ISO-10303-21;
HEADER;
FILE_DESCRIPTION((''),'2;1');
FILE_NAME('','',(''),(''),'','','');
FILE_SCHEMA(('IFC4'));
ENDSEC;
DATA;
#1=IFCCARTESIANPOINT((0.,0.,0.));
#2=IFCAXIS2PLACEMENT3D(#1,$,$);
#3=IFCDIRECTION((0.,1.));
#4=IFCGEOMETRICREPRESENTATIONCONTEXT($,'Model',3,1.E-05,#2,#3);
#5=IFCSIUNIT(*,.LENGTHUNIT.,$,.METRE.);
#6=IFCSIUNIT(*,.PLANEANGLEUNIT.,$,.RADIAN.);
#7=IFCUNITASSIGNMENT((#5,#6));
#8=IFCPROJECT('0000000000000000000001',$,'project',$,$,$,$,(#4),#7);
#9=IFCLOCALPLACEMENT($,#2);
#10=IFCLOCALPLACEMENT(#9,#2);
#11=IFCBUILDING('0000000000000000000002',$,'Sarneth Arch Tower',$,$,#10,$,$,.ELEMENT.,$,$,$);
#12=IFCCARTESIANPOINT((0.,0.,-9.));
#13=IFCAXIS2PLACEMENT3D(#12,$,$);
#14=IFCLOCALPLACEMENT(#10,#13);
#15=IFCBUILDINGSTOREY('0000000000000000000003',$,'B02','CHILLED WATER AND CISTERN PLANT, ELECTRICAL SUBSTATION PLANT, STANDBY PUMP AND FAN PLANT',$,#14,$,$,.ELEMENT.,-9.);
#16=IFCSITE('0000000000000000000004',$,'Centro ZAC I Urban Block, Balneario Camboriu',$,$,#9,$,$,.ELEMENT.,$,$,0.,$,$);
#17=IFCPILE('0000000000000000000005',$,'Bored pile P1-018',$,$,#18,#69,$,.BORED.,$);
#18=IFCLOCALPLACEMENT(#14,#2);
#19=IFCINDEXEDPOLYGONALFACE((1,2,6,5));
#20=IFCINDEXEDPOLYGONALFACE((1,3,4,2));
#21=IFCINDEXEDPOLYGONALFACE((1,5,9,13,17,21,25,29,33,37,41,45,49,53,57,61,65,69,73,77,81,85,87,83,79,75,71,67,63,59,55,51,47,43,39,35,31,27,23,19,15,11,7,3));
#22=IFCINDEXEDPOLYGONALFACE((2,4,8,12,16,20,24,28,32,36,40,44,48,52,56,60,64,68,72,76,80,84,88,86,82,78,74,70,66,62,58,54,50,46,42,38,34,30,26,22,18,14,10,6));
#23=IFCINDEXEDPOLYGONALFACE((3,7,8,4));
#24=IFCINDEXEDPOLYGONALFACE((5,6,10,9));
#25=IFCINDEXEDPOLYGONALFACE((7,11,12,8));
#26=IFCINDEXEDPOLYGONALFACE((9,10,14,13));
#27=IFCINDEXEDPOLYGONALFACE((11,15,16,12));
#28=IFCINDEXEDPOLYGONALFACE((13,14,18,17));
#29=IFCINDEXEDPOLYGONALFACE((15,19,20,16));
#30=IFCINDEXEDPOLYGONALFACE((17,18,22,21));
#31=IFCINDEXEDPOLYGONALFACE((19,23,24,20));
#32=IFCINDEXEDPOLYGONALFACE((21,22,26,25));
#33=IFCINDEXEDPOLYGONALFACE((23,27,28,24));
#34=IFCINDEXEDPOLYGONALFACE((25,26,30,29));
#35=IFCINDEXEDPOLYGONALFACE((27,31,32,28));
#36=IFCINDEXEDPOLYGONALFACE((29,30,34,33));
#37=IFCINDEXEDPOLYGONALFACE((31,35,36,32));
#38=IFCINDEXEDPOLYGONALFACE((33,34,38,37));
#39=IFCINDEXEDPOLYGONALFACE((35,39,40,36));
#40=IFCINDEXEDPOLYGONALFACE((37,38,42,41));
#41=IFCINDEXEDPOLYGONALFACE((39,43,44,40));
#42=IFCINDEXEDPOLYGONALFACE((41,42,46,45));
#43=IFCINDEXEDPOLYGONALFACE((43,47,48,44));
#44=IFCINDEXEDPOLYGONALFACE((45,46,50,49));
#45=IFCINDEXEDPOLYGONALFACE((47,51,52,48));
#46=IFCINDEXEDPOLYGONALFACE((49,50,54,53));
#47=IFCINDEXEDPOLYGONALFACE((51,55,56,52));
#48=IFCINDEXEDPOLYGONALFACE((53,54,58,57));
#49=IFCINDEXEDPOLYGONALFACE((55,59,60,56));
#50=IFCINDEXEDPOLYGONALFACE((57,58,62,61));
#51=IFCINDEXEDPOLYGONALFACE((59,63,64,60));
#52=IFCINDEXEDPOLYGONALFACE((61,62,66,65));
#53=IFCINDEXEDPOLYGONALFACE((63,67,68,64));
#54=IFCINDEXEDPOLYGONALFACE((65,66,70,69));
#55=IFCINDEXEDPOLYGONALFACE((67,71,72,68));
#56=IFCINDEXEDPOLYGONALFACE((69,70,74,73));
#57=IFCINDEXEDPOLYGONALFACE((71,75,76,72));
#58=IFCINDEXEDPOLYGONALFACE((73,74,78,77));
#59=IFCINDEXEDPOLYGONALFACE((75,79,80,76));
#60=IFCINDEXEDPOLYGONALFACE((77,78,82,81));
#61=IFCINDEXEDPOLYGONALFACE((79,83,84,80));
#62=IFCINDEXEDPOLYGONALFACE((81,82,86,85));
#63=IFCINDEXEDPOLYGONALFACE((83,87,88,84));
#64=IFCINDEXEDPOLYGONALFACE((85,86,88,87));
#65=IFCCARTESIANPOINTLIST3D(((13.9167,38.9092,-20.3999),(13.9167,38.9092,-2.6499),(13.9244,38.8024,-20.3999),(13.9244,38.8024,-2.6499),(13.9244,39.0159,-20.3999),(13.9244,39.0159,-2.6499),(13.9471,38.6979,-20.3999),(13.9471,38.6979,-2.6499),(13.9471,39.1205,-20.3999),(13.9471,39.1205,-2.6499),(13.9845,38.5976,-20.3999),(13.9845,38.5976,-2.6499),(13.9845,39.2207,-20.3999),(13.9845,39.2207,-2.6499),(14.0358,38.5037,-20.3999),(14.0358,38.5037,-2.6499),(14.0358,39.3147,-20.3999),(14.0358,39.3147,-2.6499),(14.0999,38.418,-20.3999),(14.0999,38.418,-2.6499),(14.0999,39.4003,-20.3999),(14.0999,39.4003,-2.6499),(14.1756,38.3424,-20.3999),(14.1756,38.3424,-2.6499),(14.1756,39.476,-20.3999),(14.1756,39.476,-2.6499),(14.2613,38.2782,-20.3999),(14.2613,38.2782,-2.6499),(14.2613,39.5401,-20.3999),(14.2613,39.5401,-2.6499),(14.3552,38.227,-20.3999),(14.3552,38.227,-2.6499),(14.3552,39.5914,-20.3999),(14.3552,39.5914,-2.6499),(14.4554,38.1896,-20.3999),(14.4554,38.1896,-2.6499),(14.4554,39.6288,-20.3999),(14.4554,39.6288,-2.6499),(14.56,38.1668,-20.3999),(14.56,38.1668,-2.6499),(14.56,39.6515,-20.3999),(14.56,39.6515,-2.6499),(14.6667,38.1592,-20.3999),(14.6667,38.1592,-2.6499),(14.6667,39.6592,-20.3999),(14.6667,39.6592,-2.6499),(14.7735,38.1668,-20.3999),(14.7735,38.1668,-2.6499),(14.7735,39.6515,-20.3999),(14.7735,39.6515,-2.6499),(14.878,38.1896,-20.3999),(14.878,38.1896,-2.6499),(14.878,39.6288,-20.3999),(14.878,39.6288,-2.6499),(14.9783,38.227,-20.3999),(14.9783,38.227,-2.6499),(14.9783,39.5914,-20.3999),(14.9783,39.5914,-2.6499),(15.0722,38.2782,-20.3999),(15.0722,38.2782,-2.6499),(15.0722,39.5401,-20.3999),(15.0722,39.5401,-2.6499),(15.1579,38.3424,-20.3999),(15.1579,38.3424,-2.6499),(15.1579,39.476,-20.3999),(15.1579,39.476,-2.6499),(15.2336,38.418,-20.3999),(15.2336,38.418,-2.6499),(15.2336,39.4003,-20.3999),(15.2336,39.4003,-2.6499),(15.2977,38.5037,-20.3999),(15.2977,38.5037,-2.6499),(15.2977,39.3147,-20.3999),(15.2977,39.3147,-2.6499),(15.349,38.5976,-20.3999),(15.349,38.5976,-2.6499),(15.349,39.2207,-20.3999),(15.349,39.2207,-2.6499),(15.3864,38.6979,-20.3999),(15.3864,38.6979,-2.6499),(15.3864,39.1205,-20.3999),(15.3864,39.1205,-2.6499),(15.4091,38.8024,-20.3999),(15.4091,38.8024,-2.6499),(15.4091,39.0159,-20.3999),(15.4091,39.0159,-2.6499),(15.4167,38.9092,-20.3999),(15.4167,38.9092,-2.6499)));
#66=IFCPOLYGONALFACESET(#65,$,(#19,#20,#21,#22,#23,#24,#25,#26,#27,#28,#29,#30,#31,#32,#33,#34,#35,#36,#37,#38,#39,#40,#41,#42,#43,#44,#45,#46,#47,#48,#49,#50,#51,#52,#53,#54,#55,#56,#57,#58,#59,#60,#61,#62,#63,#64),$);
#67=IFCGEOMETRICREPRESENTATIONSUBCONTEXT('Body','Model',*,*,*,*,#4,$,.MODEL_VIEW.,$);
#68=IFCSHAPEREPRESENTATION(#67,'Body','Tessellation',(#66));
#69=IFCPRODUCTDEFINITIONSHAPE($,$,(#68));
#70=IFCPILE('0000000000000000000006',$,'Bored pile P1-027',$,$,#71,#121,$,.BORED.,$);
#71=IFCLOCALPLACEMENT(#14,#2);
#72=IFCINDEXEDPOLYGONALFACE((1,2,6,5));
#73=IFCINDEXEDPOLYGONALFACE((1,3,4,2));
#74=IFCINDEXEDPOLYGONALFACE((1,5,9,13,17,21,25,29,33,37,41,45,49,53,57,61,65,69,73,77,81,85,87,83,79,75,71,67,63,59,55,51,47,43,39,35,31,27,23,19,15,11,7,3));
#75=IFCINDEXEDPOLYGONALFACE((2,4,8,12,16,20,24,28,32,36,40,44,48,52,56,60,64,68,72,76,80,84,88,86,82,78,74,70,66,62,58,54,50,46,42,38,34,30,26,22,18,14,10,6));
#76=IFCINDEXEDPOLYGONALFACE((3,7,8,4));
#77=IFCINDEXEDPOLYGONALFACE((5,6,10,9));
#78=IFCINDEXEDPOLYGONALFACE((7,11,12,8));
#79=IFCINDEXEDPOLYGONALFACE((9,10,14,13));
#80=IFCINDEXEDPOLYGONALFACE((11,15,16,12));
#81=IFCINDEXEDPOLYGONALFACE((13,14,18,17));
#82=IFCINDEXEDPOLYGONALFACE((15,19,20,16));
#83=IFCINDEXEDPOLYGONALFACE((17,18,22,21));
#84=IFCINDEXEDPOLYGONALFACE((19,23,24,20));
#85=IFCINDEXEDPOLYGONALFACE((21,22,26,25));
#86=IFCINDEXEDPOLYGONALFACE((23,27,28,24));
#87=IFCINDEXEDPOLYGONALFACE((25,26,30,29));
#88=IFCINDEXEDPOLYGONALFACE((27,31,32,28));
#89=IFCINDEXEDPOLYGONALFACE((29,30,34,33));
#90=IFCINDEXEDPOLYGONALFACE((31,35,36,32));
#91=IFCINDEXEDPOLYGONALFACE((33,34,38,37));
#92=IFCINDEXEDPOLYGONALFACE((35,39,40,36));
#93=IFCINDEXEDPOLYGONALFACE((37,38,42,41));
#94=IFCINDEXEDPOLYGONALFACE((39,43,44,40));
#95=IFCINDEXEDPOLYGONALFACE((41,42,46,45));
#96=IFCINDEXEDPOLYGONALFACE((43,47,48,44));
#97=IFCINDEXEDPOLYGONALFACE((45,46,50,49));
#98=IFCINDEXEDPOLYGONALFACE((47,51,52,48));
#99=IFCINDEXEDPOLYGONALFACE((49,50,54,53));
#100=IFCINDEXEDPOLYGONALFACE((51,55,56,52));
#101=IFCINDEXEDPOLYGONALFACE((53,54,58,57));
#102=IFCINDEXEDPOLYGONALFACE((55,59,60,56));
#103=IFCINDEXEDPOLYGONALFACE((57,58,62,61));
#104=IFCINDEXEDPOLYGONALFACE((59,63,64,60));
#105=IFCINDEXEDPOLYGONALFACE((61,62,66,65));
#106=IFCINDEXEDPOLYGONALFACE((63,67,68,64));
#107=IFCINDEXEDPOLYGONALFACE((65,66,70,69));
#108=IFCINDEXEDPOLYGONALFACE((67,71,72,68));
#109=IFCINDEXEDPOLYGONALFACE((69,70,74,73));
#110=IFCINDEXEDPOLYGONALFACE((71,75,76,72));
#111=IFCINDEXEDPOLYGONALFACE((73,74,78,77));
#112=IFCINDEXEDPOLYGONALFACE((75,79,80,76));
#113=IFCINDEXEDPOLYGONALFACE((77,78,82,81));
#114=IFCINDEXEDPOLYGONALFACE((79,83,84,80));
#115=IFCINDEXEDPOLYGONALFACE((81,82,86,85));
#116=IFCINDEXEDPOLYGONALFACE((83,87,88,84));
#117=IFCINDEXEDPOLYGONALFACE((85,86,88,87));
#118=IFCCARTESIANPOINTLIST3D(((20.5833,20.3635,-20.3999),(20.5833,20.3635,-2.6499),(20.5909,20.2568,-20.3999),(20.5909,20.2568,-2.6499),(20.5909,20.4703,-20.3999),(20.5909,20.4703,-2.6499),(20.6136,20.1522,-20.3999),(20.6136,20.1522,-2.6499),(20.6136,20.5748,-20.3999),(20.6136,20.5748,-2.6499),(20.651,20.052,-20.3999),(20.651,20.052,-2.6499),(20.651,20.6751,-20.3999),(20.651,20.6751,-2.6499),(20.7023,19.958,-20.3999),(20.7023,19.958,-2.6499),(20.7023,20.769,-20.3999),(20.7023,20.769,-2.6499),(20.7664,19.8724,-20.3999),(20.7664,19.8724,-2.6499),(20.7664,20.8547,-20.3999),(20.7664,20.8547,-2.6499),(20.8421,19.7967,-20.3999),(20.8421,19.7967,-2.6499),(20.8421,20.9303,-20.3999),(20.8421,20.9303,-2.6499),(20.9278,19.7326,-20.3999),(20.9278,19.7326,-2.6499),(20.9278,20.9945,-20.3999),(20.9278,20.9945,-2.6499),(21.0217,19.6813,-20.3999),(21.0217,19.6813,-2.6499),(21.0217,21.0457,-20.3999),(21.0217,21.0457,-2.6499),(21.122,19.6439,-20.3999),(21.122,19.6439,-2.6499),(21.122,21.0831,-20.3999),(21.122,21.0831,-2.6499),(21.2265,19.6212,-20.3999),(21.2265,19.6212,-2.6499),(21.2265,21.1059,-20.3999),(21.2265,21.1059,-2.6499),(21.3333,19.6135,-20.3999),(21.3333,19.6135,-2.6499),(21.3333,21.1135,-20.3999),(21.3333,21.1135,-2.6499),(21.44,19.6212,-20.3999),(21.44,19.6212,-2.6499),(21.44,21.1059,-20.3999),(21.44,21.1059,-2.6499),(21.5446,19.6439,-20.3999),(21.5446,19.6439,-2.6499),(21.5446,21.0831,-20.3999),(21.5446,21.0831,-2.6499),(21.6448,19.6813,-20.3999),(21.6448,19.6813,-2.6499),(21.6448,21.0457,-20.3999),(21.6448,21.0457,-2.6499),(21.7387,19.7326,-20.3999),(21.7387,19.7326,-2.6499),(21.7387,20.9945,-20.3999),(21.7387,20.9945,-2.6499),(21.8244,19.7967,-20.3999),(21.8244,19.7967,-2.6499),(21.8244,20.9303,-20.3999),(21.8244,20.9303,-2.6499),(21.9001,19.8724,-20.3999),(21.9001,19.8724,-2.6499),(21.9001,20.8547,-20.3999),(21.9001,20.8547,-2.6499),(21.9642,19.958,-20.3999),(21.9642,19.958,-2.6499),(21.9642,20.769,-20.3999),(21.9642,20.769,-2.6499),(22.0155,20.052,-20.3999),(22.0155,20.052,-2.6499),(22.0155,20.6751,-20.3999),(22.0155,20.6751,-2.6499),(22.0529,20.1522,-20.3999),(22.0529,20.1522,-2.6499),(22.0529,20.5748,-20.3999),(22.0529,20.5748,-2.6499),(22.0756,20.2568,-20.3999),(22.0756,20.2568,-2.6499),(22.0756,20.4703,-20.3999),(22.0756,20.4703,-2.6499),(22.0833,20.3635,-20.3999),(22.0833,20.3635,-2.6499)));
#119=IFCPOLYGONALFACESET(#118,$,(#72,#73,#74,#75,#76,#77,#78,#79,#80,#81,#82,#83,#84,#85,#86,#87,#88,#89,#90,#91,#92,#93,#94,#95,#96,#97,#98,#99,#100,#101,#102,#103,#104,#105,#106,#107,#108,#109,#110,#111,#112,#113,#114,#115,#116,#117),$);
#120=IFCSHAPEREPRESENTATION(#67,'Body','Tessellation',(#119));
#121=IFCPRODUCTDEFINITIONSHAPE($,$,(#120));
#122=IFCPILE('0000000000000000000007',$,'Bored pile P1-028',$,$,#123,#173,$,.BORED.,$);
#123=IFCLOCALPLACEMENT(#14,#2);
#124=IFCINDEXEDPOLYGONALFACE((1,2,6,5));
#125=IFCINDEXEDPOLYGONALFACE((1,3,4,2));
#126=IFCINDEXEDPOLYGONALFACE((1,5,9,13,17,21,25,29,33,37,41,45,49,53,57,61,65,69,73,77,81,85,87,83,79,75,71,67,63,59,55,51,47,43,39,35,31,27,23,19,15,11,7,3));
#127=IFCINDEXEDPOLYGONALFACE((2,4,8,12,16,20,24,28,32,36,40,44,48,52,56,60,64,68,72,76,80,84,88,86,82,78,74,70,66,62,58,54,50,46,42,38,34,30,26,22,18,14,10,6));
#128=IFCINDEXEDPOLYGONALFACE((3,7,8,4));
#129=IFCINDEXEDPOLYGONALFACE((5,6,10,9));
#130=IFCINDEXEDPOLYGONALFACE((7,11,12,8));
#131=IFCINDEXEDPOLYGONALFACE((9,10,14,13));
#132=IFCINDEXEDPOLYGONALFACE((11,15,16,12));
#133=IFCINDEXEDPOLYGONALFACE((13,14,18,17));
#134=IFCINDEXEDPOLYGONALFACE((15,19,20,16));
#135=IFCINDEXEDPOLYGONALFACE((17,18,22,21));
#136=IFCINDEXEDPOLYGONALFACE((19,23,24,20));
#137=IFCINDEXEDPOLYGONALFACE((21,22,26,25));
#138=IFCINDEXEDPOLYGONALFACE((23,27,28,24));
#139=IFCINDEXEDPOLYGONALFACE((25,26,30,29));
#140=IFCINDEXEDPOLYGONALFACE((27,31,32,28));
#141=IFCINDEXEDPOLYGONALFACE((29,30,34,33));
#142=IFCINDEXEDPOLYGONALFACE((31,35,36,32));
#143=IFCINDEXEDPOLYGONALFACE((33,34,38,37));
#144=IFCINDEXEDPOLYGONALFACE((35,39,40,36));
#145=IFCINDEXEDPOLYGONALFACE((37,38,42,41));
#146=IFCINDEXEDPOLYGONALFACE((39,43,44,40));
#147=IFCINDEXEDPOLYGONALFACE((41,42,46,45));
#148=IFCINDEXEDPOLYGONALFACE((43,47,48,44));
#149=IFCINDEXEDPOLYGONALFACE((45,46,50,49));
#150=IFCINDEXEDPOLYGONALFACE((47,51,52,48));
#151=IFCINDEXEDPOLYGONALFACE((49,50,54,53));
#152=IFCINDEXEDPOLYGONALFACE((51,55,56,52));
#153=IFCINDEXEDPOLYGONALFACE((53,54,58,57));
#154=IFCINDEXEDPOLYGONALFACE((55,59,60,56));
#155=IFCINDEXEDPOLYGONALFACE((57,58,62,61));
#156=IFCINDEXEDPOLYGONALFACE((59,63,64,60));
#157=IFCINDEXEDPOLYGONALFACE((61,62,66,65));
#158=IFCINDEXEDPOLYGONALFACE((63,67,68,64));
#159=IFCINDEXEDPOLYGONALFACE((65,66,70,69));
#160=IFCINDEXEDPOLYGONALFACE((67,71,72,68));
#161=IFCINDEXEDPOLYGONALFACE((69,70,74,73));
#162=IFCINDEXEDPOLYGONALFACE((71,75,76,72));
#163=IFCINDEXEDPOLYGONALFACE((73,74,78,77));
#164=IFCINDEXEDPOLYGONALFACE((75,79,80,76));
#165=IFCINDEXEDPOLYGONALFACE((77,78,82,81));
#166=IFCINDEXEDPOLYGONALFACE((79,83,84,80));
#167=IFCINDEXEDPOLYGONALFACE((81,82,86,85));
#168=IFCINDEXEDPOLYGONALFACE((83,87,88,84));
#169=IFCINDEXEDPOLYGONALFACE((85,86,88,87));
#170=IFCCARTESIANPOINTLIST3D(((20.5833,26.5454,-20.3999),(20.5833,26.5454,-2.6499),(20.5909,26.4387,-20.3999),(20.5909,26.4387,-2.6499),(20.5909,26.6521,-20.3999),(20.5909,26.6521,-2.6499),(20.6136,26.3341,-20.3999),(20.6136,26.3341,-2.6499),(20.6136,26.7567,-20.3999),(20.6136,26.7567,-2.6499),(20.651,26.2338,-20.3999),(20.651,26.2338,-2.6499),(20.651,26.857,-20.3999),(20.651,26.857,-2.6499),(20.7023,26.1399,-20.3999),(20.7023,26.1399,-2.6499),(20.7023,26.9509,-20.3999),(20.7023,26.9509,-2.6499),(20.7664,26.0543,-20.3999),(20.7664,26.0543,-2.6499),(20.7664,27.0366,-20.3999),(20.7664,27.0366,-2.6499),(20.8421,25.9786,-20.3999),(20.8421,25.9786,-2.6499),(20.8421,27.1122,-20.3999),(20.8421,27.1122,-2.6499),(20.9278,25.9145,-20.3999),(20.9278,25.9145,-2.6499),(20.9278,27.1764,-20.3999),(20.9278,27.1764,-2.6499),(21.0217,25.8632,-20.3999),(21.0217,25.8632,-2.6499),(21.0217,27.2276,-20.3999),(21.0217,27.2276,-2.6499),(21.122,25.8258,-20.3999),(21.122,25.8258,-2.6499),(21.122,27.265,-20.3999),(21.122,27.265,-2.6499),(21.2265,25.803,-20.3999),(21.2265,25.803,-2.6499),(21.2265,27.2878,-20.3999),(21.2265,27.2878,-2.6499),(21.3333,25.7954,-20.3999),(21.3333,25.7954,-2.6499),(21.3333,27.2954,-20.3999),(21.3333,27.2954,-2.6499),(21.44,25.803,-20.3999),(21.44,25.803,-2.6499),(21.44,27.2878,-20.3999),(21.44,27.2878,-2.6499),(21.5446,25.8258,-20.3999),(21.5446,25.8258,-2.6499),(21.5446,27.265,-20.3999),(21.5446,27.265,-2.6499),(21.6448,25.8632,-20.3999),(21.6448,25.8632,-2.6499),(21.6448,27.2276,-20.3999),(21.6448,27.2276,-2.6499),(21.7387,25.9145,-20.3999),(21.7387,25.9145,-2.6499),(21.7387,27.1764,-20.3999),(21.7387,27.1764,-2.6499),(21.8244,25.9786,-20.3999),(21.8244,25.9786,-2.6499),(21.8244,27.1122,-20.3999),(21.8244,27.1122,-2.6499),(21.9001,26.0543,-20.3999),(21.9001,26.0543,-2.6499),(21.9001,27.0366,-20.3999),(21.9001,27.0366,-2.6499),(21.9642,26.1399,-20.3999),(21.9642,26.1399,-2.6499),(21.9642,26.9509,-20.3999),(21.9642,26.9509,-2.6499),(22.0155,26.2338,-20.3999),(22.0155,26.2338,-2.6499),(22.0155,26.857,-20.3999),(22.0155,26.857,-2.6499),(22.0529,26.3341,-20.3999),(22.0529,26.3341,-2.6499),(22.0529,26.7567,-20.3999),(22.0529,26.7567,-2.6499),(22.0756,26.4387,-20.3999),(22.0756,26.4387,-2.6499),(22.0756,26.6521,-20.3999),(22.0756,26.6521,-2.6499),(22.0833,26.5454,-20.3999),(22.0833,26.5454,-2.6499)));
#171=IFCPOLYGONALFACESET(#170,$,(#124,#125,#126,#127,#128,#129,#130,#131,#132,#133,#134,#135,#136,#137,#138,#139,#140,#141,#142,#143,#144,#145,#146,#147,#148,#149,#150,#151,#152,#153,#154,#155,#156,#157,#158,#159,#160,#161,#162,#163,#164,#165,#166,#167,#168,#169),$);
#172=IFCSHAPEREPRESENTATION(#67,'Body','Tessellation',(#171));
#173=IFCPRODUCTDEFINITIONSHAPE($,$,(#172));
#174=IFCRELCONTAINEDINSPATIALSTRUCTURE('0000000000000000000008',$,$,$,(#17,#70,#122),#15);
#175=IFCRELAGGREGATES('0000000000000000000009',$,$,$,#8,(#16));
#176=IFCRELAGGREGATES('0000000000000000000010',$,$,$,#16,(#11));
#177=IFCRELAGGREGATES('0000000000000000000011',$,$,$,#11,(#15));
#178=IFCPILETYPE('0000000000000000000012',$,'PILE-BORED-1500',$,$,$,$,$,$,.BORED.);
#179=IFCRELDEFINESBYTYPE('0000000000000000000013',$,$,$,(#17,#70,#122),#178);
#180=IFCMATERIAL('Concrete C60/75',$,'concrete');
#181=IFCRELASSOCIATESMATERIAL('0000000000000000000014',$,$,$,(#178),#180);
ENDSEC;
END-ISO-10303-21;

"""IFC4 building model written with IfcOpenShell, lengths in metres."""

from ifc_helpers import new_model, si_unit, direction, frame, origin, origin_2d, place, context, subcontext, project, spatial, circle, extrude, material, material_profile, profile_set, type_object, element, save


model = new_model("IFC4")

# Units and contexts
model_context = context("Model", 3, precision=1e-05, world=origin(), true_north=direction((0.0, 1.0)))
body_context = subcontext(model_context, "Body", "Model", "MODEL_VIEW")
ifc_project = project(units=[si_unit("LENGTHUNIT", "METRE"), si_unit("PLANEANGLEUNIT", "RADIAN")], contexts=[model_context])

# Site, building, storey
site_placement = place(None, origin())
site = spatial("IfcSite", under=ifc_project, at=site_placement, Name="Centro ZAC I Urban Block, Balneario Camboriu", CompositionType="ELEMENT", RefElevation=0.0)
building_placement = place(site_placement, origin())
building = spatial("IfcBuilding", under=site, at=building_placement, Name="Sarneth Arch Tower", CompositionType="ELEMENT")
storey_placement = place(building_placement, frame((0.0, 0.0, -9.0)))
storey = spatial("IfcBuildingStorey", under=building, at=storey_placement, Name="B02", Description="CHILLED WATER AND CISTERN PLANT, ELECTRICAL SUBSTATION PLANT, STANDBY PUMP AND FAN PLANT", CompositionType="ELEMENT", Elevation=-9.0)

# Piles
ifc_material_1 = material(Name="Concrete C60/75", Category="concrete")
ifc_material_profile_1 = material_profile(ifc_material_1, circle(Radius=0.75, at=origin_2d()), Name="PILE-D1500")
ifc_profile_set_1 = profile_set([ifc_material_profile_1], Name="Concrete C60/75")
pile_type_1 = type_object("IfcPileType", Name="PILE-BORED-1500", PredefinedType="BORED", material=ifc_profile_set_1)
for number, where, z_axis, x_axis, name in (
    (1, (14.6667, 38.9092, -2.6499), (0.0, 0.0, -1.0), (1.0, 0.0, 0.0), "Bored pile P1-018"),
    (2, (21.3333, 20.3635, -2.6499), (0.0, 0.0, -1.0), (1.0, 0.0, 0.0), "Bored pile P1-027"),
    (3, (21.3333, 26.5454, -2.6499), (0.0, 0.0, -1.0), (1.0, 0.0, 0.0), "Bored pile P1-028"),
):
    element("IfcPile", number, at=place(storey_placement, frame(where, z_axis=z_axis, x_axis=x_axis)), inside=storey, type_object=pile_type_1, Name=name, PredefinedType="BORED", context=body_context, shape_type="SweptSolid", body=[
        extrude(circle(Radius=0.75, at=origin_2d()), origin(), (0.0, 0.0, 1.0), 17.75),
    ])

save(model, "model.ifc")
